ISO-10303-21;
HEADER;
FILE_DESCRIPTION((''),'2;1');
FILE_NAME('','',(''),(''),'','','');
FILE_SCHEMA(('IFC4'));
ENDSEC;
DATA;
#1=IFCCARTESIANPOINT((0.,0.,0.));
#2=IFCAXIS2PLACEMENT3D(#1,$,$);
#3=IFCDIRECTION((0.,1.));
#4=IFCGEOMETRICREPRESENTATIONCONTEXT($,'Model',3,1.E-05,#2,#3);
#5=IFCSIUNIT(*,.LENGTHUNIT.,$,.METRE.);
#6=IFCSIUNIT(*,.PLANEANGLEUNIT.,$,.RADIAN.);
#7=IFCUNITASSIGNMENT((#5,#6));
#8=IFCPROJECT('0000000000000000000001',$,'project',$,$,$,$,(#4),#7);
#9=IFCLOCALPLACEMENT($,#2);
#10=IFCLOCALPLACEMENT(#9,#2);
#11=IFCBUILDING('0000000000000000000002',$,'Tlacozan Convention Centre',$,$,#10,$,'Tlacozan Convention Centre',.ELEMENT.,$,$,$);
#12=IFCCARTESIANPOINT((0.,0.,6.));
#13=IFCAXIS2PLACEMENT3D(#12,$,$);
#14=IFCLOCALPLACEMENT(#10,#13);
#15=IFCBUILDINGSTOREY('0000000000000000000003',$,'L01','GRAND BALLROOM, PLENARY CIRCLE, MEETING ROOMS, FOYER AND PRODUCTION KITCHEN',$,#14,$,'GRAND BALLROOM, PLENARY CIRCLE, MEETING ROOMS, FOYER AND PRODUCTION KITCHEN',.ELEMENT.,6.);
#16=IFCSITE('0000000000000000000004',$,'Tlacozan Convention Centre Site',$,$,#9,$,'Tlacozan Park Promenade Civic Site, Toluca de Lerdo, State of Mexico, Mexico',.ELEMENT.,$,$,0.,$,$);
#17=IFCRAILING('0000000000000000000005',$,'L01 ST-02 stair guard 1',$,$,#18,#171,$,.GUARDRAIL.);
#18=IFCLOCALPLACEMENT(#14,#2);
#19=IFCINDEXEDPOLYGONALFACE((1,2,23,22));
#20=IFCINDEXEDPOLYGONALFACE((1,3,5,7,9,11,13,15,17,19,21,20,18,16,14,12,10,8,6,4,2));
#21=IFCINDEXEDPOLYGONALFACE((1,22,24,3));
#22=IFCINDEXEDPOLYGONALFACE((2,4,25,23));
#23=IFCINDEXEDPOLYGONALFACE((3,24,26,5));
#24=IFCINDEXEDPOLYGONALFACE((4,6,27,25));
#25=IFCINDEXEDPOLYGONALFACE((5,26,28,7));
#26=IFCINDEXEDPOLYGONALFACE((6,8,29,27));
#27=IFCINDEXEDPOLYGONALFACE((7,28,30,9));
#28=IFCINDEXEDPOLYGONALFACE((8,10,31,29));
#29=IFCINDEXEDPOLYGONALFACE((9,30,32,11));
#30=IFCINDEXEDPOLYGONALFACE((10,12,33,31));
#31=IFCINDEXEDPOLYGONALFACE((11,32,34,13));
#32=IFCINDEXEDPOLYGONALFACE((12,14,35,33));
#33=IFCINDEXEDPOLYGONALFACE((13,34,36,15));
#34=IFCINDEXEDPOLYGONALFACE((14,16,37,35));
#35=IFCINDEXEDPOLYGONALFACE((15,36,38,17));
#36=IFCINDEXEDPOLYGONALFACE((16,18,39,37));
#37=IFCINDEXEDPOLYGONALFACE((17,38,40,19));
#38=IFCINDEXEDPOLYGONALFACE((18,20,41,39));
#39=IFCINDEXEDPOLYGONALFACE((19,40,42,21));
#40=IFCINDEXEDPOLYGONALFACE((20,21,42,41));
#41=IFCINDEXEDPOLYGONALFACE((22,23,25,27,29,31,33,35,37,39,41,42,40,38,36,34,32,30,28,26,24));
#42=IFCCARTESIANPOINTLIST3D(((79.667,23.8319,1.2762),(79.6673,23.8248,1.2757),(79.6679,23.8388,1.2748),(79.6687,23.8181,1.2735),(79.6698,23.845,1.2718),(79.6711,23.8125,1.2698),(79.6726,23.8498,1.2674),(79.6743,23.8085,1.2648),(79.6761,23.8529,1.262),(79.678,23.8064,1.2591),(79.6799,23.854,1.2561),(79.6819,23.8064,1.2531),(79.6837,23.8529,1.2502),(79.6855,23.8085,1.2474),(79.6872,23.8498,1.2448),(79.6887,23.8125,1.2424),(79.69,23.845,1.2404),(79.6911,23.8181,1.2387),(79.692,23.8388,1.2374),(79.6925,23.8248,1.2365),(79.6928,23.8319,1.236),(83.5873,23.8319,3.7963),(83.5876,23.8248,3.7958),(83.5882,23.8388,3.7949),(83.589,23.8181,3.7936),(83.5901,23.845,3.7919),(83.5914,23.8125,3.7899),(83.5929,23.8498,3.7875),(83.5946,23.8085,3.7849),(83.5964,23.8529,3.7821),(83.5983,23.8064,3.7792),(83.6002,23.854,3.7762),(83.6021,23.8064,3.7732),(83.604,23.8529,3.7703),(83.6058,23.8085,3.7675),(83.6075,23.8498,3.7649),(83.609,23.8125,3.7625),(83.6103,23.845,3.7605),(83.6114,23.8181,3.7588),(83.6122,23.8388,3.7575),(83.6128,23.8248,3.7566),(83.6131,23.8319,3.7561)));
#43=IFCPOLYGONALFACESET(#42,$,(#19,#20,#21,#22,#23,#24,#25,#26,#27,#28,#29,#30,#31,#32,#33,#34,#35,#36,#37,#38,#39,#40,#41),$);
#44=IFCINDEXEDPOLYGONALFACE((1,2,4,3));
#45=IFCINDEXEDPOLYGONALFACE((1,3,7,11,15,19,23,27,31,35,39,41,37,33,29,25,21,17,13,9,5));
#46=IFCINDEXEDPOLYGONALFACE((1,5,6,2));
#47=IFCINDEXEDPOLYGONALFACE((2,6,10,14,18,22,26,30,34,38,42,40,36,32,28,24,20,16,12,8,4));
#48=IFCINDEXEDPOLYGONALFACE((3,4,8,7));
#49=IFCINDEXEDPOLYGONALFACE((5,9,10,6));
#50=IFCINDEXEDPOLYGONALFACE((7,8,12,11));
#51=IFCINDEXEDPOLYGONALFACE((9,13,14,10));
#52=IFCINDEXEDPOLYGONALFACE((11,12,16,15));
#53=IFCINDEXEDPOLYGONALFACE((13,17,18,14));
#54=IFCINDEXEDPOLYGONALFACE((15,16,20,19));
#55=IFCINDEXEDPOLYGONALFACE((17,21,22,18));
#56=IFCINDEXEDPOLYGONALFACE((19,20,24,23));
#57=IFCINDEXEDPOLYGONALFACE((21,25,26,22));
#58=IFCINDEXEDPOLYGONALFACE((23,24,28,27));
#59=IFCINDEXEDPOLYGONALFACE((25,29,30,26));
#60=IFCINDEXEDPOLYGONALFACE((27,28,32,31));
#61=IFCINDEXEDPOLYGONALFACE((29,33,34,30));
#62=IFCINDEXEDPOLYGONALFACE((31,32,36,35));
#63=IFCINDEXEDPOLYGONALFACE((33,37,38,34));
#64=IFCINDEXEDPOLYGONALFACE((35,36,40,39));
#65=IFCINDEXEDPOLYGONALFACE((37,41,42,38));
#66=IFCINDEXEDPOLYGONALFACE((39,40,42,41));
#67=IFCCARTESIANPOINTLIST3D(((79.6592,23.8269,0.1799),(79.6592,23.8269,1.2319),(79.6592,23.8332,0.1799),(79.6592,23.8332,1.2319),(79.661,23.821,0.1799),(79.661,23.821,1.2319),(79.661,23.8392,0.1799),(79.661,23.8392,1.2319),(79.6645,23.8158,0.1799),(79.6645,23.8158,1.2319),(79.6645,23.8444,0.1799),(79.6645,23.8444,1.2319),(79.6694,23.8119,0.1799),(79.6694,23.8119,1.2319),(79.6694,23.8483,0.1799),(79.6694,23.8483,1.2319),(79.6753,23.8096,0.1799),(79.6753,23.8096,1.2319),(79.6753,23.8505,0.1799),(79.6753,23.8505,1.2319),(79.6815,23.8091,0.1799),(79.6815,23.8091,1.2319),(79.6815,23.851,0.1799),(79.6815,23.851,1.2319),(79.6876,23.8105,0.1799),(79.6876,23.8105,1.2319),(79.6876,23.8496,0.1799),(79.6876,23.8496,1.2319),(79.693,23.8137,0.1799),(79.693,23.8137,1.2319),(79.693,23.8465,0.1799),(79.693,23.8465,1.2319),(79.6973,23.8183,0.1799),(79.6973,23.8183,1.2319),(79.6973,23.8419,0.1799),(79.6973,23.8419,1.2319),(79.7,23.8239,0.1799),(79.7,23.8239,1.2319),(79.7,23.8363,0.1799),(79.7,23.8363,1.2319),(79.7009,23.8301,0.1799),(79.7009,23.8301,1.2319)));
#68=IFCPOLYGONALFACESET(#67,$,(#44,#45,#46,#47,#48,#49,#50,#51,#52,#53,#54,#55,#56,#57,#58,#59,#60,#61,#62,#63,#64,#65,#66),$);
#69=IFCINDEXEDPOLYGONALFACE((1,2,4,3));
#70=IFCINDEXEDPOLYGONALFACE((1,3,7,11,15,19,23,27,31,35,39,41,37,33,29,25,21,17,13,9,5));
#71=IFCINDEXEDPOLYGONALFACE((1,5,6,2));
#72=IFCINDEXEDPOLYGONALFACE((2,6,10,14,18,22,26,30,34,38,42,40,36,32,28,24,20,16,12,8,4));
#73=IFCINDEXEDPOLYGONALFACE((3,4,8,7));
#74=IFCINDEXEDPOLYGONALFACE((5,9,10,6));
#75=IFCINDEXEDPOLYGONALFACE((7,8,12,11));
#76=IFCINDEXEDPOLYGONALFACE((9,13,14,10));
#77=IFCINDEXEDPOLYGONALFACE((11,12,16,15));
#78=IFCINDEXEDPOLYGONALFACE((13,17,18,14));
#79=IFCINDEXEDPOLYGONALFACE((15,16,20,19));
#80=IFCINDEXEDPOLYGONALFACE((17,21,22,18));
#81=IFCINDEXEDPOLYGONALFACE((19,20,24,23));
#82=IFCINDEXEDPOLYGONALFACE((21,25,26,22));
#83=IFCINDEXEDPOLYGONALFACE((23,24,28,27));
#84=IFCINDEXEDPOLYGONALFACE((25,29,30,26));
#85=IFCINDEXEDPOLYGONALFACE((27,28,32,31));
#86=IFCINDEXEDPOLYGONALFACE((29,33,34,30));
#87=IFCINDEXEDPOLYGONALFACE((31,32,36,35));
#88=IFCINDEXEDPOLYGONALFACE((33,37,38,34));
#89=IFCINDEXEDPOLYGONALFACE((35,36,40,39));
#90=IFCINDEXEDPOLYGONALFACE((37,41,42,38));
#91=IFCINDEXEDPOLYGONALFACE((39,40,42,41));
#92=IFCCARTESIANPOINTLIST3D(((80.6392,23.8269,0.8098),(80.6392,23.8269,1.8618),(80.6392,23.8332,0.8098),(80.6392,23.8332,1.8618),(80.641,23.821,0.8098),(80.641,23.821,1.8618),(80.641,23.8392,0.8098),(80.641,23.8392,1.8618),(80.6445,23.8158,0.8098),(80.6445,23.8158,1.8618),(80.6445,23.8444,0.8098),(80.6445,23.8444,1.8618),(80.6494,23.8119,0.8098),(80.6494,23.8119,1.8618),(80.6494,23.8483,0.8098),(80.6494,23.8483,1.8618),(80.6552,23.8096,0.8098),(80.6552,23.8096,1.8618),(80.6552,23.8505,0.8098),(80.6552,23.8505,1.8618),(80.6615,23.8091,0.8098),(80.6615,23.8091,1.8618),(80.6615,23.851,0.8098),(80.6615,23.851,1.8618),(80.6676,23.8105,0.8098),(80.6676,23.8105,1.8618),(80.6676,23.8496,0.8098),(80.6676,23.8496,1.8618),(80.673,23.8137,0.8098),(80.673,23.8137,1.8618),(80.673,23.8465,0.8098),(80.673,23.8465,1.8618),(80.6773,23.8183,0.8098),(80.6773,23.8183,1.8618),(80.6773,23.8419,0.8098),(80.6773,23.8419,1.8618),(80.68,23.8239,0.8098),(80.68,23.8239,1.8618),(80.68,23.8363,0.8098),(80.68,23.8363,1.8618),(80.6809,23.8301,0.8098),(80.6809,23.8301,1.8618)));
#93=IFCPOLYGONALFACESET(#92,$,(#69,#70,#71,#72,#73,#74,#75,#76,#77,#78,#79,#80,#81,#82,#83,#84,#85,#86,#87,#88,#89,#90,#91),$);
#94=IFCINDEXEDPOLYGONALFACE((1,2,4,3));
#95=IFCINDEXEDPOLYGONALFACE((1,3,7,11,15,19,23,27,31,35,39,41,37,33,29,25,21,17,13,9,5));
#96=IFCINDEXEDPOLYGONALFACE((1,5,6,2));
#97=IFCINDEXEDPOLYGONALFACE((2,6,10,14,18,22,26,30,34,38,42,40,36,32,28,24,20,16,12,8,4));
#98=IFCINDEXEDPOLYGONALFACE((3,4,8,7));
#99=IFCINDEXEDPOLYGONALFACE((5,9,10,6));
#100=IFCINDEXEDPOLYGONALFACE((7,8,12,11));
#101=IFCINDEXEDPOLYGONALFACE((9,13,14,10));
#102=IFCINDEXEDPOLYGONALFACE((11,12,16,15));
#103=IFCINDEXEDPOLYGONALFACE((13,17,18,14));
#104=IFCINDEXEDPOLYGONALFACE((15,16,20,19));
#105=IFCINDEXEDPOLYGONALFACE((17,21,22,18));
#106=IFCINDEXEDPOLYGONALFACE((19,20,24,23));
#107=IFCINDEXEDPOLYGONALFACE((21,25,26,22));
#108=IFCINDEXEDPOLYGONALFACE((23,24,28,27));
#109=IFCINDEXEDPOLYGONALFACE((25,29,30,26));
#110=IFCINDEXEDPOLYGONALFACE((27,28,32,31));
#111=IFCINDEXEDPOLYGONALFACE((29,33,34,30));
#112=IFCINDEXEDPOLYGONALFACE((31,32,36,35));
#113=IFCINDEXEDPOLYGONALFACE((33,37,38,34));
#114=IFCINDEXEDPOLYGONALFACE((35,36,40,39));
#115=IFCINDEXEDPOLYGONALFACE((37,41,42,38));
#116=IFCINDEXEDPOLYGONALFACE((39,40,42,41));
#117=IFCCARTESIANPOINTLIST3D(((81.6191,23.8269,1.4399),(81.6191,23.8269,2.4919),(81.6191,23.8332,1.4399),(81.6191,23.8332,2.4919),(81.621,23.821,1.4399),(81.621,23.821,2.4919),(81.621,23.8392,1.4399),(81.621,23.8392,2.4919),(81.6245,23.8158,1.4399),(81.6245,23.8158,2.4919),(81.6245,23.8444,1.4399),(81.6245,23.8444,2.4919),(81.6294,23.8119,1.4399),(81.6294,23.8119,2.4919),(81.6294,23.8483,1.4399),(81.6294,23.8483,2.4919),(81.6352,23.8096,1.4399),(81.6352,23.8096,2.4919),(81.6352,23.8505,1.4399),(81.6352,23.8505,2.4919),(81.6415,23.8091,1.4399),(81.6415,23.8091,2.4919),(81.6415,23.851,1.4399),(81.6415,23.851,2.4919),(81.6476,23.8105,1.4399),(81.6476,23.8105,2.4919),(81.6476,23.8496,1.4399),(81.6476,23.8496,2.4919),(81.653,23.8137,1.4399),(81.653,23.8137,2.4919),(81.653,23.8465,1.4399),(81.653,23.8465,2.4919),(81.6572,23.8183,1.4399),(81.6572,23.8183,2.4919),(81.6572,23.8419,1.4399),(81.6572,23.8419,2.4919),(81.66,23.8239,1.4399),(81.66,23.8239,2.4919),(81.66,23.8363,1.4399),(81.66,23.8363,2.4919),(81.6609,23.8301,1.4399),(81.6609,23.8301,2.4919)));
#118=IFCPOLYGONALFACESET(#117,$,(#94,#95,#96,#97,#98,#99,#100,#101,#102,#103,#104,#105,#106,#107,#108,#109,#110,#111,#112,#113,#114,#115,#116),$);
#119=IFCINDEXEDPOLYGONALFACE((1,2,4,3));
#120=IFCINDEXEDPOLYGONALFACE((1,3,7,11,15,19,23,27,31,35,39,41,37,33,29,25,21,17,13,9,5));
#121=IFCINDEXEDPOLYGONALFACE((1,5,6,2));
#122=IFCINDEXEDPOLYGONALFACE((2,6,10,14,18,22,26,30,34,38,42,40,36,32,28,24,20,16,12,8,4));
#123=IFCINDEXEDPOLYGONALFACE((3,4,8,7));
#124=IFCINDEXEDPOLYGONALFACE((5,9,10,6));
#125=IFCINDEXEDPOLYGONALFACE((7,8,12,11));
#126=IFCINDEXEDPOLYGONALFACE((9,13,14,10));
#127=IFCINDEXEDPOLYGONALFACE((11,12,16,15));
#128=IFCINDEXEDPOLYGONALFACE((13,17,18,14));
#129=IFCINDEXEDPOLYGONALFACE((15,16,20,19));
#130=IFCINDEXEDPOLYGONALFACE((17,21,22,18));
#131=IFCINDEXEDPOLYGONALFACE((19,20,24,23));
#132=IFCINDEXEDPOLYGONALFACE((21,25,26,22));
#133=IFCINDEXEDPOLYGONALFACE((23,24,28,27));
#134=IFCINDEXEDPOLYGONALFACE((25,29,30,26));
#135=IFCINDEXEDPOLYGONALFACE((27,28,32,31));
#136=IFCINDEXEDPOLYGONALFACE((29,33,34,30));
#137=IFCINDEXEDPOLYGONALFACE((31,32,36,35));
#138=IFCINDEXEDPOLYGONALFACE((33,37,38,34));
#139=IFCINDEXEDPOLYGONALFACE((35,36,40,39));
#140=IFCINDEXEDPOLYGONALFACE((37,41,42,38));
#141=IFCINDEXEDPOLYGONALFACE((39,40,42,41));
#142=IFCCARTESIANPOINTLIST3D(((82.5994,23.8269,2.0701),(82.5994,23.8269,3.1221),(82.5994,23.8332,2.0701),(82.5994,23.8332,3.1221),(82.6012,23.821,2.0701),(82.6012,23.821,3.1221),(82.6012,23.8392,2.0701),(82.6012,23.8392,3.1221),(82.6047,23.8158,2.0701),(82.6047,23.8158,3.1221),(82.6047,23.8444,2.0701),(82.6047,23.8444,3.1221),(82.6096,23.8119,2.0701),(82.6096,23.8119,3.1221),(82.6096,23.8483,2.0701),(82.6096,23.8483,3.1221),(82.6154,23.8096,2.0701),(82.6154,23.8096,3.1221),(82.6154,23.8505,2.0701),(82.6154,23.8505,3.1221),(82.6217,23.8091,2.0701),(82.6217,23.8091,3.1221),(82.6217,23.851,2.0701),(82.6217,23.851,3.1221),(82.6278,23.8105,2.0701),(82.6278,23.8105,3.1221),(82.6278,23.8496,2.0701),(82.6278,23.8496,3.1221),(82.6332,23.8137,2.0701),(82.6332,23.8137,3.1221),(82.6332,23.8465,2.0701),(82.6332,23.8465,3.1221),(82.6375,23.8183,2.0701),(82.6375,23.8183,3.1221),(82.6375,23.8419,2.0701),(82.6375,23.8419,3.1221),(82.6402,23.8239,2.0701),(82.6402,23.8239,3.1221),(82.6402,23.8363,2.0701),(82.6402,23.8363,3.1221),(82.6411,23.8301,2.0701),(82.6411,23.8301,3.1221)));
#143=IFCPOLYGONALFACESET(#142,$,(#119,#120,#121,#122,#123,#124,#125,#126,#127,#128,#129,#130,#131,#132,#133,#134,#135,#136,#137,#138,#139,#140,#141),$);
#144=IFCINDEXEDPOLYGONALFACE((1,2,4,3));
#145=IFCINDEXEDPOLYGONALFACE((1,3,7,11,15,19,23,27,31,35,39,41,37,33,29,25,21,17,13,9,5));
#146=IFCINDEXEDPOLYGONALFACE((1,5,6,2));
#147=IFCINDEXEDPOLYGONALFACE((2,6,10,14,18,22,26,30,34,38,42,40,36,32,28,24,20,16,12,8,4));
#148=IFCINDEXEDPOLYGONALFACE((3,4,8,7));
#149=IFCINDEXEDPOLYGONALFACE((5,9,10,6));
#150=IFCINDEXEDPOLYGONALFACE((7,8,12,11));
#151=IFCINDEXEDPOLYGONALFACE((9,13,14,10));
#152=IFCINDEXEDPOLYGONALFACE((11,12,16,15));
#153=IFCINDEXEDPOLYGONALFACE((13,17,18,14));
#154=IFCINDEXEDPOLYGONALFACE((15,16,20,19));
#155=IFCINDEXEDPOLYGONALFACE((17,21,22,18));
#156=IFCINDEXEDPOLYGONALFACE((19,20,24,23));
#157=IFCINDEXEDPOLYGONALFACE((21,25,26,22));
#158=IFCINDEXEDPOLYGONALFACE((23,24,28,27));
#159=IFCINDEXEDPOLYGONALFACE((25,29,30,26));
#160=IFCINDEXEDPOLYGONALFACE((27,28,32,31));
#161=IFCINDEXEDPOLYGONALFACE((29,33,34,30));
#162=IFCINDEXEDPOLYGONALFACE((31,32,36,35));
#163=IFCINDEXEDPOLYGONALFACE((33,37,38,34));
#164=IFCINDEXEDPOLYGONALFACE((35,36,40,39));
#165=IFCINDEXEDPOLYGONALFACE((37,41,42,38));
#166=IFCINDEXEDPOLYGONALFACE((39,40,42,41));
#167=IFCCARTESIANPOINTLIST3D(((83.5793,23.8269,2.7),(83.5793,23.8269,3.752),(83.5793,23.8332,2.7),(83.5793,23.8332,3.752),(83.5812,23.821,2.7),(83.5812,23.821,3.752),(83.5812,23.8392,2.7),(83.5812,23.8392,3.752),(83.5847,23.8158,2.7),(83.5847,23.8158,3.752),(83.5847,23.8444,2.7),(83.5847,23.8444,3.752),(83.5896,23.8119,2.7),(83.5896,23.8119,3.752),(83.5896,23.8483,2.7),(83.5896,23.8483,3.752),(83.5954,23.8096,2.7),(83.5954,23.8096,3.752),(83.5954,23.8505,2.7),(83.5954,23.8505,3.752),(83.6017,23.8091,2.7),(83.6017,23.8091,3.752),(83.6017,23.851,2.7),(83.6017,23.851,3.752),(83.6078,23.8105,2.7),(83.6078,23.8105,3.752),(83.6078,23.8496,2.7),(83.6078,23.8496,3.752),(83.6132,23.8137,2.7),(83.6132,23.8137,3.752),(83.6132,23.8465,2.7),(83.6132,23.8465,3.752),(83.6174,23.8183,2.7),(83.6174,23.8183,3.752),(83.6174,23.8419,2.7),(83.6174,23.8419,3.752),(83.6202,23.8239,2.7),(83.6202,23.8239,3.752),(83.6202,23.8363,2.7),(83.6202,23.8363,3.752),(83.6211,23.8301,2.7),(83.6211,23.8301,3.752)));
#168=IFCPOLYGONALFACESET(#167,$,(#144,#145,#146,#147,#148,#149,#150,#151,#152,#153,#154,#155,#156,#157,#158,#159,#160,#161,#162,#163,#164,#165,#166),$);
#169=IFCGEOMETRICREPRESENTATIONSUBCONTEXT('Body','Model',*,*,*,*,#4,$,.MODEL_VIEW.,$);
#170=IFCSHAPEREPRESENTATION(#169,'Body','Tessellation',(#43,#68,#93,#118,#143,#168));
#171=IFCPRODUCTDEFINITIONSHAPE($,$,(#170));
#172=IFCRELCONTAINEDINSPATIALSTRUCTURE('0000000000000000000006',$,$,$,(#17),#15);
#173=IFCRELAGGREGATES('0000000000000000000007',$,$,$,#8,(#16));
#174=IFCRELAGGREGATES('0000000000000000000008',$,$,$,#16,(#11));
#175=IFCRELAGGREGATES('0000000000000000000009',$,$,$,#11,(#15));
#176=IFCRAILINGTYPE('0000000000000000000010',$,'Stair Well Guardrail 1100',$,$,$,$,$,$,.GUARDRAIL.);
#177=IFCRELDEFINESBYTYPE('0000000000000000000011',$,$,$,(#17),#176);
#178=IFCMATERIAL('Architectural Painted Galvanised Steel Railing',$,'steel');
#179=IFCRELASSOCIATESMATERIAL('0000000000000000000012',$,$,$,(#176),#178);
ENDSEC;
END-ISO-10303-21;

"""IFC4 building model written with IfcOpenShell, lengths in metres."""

from ifc_helpers import new_model, si_unit, direction, frame, origin, origin_2d, place, context, subcontext, project, spatial, circle, extrude, material, type_object, element, save


model = new_model("IFC4")

# Units and contexts
model_context = context("Model", 3, precision=1e-05, world=origin(), true_north=direction((0.0, 1.0)))
body_context = subcontext(model_context, "Body", "Model", "MODEL_VIEW")
ifc_project = project(units=[si_unit("LENGTHUNIT", "METRE"), si_unit("PLANEANGLEUNIT", "RADIAN")], contexts=[model_context])

# Site, building, storey
site_placement = place(None, origin())
site = spatial("IfcSite", under=ifc_project, at=site_placement, Name="Tlacozan Convention Centre Site", LongName="Tlacozan Park Promenade Civic Site, Toluca de Lerdo, State of Mexico, Mexico", CompositionType="ELEMENT", RefElevation=0.0)
building_placement = place(site_placement, origin())
building = spatial("IfcBuilding", under=site, at=building_placement, Name="Tlacozan Convention Centre", LongName="Tlacozan Convention Centre", CompositionType="ELEMENT")
storey_placement = place(building_placement, frame((0.0, 0.0, 6.0)))
storey = spatial("IfcBuildingStorey", under=building, at=storey_placement, Name="L01", Description="GRAND BALLROOM, PLENARY CIRCLE, MEETING ROOMS, FOYER AND PRODUCTION KITCHEN", LongName="GRAND BALLROOM, PLENARY CIRCLE, MEETING ROOMS, FOYER AND PRODUCTION KITCHEN", CompositionType="ELEMENT", Elevation=6.0)

# Railing
ifc_material_1 = material(Name="Architectural Painted Galvanised Steel Railing", Category="steel")
railing_type_1 = type_object("IfcRailingType", Name="Stair Well Guardrail 1100", PredefinedType="GUARDRAIL", material=ifc_material_1)
railing_1_placement = place(storey_placement, frame((79.6799, 23.8301, 0.1799)))
element("IfcRailing", 1, at=railing_1_placement, inside=storey, type_object=railing_type_1, Name="L01 ST-02 stair guard 1", PredefinedType="GUARDRAIL", context=body_context, shape_type="SweptSolid", body=[
    extrude(circle(Radius=0.0239, at=origin_2d()), frame((0.0, 0.0, 1.0762), z_axis=(0.841187, 0.0, 0.540744), x_axis=(0.0, 1.0, 0.0)), (0.0, 0.0, 1.0), 4.6604),
    extrude(circle(Radius=0.021, at=origin_2d()), origin(), (0.0, 0.0, 1.0), 1.052),
    extrude(circle(Radius=0.021, at=origin_2d()), frame((0.98, 0.0, 0.6299)), (0.0, 0.0, 1.0), 1.052),
    extrude(circle(Radius=0.021, at=origin_2d()), frame((1.96, 0.0, 1.26)), (0.0, 0.0, 1.0), 1.052),
    extrude(circle(Radius=0.021, at=origin_2d()), frame((2.9402, 0.0, 1.8901)), (0.0, 0.0, 1.0), 1.052),
    extrude(circle(Radius=0.021, at=origin_2d()), frame((3.9202, 0.0, 2.52)), (0.0, 0.0, 1.0), 1.052),
])

save(model, "model.ifc")
